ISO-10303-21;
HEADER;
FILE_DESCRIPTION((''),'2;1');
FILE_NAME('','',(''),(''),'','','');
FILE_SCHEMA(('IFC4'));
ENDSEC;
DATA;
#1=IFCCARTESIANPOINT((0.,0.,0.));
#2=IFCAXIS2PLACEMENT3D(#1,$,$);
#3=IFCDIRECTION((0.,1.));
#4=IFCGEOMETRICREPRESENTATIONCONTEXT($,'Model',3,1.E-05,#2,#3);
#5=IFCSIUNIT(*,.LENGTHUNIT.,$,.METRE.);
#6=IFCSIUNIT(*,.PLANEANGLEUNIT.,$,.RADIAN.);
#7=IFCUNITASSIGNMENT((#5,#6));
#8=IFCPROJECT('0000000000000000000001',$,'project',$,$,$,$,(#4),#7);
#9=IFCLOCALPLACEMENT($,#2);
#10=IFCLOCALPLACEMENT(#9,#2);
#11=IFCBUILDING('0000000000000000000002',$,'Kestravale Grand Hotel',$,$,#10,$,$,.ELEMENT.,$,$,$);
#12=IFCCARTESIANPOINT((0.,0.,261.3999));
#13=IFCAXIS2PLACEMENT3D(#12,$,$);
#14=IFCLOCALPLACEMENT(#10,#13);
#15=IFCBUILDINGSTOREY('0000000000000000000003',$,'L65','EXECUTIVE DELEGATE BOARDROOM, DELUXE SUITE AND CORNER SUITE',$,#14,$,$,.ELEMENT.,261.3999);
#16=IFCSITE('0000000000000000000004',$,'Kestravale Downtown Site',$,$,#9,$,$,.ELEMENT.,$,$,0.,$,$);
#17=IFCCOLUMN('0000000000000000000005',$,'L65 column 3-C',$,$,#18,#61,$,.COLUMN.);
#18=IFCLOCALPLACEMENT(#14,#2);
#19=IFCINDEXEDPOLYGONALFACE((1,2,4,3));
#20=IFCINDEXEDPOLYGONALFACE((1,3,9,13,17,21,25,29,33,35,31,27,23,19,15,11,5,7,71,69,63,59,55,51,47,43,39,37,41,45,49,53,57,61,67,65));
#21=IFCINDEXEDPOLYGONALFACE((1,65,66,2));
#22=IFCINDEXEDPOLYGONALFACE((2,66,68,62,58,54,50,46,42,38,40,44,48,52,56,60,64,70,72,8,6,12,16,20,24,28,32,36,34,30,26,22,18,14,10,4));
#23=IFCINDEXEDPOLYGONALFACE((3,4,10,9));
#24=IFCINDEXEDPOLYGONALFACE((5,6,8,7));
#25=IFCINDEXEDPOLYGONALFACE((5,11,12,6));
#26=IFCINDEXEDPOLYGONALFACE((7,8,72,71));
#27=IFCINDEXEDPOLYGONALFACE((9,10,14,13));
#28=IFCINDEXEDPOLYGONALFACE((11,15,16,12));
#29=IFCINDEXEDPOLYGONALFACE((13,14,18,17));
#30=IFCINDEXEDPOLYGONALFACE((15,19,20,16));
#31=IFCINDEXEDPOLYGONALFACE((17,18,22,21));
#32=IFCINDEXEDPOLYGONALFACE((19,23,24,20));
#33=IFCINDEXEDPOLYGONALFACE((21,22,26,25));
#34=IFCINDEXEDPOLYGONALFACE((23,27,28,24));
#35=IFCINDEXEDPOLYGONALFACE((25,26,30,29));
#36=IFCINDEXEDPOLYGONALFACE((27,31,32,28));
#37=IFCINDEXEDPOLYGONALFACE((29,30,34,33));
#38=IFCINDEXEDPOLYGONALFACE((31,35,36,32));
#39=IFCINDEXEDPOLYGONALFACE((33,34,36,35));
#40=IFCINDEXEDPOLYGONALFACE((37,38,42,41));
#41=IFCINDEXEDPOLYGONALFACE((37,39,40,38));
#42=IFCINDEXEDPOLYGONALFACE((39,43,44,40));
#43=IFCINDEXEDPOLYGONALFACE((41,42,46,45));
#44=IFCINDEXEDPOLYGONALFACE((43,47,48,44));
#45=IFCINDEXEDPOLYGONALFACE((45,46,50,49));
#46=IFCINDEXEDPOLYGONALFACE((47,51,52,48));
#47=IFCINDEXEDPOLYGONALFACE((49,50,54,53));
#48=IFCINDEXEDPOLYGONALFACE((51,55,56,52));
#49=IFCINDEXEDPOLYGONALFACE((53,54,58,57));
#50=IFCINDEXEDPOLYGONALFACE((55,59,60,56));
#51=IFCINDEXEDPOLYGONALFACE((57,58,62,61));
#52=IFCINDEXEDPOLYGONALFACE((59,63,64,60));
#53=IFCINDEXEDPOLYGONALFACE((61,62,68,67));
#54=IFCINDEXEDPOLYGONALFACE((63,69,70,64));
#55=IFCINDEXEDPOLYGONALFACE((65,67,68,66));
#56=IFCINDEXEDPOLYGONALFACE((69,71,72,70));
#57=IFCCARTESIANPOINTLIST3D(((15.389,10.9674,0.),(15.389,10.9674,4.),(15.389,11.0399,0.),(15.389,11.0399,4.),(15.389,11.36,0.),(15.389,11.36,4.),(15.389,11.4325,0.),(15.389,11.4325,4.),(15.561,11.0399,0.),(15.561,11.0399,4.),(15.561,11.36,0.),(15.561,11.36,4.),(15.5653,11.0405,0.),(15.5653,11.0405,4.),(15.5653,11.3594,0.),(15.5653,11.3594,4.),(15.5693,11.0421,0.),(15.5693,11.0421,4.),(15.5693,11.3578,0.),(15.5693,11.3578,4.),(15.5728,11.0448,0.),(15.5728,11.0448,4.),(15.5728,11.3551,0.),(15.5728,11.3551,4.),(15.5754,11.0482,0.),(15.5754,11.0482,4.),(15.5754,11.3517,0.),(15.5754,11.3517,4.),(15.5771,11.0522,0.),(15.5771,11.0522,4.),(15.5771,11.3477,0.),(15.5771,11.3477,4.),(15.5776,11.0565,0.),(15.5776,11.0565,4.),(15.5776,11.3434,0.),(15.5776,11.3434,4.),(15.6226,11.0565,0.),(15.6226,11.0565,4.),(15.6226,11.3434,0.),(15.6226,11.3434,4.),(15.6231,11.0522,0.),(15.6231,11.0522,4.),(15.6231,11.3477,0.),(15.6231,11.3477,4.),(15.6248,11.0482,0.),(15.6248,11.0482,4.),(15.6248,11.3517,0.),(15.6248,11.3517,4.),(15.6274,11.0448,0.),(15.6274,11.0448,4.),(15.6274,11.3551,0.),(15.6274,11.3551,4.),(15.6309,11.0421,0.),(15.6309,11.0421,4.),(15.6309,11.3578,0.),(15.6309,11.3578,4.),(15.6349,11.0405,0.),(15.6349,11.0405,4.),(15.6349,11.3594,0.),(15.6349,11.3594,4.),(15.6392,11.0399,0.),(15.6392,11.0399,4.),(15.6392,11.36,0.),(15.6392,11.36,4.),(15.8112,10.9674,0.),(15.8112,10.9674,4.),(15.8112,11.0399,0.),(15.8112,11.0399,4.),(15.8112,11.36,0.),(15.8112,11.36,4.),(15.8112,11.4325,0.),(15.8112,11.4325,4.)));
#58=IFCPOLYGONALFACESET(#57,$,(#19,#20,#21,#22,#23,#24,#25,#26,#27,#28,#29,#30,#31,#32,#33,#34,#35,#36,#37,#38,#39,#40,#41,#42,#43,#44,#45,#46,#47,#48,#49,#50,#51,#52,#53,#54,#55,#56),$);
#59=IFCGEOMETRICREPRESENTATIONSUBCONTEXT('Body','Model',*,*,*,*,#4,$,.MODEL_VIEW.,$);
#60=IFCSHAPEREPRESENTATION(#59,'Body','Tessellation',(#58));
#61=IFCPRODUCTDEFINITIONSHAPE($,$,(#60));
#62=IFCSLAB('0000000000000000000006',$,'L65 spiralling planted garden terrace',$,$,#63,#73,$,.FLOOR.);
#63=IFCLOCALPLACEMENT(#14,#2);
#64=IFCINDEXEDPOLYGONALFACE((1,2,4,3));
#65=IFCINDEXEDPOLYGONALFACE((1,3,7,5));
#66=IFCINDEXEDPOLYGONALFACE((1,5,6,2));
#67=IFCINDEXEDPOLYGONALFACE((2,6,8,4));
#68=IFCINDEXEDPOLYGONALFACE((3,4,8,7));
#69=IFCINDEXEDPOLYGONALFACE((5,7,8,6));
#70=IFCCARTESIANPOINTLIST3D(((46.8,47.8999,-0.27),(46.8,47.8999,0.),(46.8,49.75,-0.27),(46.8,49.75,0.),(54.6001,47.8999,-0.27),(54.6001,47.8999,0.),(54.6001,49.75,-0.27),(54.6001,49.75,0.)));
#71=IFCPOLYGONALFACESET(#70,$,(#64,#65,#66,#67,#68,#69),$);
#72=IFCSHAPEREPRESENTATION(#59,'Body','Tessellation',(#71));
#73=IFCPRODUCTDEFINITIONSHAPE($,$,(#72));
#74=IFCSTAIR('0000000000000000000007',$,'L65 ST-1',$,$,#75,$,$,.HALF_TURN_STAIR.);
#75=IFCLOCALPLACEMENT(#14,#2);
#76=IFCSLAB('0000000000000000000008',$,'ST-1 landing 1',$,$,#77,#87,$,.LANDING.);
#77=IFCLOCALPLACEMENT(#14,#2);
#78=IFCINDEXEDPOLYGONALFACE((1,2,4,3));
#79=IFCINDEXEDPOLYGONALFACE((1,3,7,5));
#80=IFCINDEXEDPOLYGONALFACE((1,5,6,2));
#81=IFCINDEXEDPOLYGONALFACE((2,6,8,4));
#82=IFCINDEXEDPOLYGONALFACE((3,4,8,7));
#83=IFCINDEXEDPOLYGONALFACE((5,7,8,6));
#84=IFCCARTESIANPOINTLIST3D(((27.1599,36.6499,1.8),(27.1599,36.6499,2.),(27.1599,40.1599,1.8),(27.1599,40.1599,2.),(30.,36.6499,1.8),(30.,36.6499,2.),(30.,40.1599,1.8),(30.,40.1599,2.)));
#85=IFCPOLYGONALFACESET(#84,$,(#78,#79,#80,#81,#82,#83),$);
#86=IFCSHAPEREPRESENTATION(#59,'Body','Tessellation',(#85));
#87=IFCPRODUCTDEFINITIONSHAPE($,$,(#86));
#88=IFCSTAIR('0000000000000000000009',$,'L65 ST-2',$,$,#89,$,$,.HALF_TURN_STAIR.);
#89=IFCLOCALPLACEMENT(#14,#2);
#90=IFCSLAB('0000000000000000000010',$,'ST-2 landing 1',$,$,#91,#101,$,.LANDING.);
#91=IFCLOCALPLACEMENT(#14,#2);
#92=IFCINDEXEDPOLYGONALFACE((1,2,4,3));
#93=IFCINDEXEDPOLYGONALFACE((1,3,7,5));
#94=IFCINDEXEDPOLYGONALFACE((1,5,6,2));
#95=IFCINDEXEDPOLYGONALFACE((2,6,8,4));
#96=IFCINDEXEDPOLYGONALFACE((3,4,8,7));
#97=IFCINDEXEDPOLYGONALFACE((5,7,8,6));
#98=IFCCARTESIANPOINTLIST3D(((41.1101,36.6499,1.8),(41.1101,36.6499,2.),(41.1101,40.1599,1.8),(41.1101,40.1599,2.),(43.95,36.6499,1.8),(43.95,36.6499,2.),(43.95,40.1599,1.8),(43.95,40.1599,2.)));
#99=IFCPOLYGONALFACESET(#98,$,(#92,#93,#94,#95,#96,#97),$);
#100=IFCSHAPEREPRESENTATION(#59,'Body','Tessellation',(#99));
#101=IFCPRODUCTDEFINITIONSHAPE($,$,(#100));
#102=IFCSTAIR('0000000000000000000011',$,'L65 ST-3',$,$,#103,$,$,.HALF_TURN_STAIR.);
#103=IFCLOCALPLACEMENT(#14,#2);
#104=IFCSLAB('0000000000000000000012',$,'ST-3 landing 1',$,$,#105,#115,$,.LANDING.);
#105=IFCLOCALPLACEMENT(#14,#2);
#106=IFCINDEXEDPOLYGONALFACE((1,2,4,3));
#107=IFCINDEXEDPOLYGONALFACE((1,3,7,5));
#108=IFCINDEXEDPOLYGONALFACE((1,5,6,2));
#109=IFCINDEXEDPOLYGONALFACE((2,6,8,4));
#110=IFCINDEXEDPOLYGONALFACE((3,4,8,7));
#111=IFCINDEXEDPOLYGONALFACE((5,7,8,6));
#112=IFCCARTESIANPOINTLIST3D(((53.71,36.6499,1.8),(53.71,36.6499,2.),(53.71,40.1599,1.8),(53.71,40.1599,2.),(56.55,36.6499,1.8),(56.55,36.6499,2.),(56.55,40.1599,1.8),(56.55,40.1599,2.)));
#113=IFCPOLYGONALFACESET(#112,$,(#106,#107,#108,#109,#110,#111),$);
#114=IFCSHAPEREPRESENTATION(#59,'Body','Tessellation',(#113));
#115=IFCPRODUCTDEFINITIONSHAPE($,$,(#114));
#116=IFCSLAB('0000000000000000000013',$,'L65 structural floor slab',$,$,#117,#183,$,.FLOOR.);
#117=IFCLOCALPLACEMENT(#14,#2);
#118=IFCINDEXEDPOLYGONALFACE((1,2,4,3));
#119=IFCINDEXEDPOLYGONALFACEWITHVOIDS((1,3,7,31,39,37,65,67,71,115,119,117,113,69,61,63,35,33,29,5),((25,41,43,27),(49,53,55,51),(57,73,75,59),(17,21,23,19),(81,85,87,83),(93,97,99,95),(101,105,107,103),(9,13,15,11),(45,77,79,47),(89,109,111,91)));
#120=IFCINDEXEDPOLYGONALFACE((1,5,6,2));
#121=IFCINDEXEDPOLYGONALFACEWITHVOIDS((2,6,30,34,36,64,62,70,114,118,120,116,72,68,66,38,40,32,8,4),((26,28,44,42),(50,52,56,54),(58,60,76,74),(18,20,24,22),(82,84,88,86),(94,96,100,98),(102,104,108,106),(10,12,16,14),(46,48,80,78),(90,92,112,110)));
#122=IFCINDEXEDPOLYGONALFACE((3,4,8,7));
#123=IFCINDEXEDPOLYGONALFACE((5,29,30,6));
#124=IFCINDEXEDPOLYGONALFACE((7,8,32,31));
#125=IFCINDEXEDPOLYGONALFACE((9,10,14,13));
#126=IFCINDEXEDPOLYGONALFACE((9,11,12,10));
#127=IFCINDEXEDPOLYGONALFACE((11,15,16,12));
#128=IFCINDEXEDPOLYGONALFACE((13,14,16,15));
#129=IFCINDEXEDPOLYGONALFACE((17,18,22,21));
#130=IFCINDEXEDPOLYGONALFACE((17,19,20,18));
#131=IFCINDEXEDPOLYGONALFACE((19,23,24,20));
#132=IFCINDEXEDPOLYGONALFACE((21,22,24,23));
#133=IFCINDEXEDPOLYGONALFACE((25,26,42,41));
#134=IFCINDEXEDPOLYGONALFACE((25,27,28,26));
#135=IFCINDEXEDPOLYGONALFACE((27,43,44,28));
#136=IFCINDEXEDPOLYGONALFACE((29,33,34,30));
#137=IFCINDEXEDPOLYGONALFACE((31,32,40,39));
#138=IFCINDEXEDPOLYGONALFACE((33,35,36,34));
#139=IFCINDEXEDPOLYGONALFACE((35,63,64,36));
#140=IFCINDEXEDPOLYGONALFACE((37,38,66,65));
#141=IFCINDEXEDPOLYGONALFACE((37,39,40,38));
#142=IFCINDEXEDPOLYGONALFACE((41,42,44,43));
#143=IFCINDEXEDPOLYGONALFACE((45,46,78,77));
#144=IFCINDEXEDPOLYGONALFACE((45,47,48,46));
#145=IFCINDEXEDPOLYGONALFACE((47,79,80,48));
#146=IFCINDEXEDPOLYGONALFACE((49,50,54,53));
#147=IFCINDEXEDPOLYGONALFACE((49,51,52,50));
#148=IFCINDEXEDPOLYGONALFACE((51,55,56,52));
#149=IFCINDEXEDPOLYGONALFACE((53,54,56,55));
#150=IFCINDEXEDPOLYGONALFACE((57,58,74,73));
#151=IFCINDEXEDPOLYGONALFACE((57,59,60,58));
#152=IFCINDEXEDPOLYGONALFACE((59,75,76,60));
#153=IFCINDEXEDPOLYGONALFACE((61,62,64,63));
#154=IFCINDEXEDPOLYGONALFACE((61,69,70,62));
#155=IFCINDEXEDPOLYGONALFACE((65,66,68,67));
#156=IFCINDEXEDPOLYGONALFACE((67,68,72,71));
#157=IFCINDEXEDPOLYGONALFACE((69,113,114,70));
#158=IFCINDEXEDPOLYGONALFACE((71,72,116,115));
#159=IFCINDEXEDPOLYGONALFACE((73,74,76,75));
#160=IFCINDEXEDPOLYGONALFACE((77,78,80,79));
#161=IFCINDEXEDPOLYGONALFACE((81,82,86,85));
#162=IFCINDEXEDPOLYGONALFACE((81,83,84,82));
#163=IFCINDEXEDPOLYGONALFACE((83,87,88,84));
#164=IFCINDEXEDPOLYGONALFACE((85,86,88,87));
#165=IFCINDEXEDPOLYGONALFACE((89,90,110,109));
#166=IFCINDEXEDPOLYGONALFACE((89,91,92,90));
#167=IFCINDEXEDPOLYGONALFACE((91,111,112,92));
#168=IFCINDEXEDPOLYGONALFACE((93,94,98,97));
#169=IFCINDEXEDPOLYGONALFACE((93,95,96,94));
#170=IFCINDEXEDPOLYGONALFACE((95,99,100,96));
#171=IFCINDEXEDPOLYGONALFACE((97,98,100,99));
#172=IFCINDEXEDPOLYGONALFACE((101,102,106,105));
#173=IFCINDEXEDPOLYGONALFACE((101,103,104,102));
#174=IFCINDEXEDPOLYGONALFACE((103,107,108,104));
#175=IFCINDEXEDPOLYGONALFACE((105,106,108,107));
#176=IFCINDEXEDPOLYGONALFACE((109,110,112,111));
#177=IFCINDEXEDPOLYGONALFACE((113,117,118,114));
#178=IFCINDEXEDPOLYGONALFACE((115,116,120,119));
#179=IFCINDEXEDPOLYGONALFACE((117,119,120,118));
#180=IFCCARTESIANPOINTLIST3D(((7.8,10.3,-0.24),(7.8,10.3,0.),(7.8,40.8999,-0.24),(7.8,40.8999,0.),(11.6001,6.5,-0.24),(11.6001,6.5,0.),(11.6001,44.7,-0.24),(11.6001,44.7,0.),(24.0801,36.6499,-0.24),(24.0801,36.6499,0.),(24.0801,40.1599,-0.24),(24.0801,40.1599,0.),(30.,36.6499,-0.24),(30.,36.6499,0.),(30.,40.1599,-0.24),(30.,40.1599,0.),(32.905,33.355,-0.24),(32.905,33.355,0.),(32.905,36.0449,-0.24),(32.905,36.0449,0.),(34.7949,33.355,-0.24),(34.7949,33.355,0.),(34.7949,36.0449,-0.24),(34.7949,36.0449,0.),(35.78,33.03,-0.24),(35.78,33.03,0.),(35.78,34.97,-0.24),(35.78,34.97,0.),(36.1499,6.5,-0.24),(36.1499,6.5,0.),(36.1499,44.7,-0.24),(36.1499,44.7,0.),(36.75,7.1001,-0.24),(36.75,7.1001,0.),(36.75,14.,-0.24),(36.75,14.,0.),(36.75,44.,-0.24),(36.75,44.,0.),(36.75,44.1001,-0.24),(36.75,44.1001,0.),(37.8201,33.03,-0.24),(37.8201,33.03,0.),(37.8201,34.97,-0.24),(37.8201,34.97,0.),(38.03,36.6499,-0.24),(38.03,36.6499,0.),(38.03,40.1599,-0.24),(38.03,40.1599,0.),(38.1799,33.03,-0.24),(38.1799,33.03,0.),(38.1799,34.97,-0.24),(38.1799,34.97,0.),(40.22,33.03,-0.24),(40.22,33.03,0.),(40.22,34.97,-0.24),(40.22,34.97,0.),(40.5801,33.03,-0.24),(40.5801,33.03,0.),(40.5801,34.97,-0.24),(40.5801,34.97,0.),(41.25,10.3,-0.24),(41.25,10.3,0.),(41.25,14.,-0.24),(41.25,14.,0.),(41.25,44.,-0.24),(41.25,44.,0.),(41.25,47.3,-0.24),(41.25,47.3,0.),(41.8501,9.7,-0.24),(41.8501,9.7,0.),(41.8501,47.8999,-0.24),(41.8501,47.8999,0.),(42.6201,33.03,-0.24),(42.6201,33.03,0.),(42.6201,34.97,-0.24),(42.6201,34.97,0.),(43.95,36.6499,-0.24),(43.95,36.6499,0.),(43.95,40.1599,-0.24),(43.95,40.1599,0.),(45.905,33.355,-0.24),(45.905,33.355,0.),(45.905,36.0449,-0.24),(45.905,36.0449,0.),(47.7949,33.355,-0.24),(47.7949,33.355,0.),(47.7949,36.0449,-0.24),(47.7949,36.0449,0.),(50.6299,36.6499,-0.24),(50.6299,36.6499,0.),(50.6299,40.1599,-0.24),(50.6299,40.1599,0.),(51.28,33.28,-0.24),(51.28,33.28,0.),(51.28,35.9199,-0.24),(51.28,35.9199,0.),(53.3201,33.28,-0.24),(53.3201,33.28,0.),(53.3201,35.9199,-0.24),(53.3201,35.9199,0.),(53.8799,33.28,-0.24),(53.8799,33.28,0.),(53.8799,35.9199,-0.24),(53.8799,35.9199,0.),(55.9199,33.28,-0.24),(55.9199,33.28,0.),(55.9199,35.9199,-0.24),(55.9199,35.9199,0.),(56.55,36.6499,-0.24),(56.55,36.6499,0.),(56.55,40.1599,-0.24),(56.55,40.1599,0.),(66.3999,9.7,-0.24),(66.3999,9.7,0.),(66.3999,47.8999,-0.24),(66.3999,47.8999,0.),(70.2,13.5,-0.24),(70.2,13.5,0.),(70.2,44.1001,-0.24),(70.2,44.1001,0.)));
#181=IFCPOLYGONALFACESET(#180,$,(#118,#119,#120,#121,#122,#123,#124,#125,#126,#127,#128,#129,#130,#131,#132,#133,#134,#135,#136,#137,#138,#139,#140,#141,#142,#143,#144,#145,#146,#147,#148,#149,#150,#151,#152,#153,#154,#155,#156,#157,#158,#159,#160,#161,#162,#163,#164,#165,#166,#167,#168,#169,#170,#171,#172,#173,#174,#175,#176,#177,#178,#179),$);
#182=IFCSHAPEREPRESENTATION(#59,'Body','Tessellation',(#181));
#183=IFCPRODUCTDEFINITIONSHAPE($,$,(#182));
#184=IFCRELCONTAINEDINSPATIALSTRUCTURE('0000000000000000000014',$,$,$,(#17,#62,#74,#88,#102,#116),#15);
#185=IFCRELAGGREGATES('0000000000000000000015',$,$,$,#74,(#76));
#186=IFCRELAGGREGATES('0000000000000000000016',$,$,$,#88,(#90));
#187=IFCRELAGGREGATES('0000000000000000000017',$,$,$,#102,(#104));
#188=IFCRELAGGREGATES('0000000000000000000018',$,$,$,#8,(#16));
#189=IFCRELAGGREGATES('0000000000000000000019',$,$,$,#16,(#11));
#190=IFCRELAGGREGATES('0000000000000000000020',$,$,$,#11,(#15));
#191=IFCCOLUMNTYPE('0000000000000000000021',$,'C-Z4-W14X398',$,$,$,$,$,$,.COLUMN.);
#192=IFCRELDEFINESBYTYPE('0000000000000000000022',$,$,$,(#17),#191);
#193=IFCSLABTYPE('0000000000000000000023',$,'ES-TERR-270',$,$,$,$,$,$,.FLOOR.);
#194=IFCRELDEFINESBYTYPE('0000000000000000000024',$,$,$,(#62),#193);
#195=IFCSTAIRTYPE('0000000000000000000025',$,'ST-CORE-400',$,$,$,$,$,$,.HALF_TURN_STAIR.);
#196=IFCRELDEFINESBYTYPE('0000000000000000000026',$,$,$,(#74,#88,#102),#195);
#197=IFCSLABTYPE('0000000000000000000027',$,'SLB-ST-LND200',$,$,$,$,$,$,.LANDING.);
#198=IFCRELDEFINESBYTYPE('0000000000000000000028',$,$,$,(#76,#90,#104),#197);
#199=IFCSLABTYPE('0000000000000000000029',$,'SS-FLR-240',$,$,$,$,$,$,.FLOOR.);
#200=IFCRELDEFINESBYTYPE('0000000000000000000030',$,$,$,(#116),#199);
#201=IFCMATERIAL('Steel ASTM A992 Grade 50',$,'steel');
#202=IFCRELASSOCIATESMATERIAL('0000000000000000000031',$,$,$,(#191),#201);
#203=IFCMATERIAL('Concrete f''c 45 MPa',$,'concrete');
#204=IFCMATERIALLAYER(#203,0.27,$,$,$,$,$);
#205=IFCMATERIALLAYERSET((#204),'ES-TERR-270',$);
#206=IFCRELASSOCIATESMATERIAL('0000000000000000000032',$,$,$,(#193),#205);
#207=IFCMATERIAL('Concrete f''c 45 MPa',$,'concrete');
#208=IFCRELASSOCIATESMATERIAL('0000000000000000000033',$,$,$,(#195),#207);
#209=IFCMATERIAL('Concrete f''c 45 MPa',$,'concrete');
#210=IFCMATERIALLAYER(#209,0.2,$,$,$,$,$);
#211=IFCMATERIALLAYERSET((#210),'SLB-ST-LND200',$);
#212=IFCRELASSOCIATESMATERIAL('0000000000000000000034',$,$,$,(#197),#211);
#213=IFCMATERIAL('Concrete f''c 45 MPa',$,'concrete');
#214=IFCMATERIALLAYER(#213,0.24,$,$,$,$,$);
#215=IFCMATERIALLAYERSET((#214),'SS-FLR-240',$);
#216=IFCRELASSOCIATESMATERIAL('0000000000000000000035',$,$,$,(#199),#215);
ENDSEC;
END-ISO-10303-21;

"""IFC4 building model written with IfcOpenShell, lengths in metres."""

from ifc_helpers import new_model, si_unit, direction, frame, origin, origin_2d, place, context, subcontext, project, spatial, polyline, i_section, outline, extrude, material, layer, layer_set, material_profile, profile_set, type_object, element, aggregate, save


model = new_model("IFC4")

# Units and contexts
model_context = context("Model", 3, precision=1e-05, world=origin(), true_north=direction((0.0, 1.0)))
body_context = subcontext(model_context, "Body", "Model", "MODEL_VIEW")
ifc_project = project(units=[si_unit("LENGTHUNIT", "METRE"), si_unit("PLANEANGLEUNIT", "RADIAN")], contexts=[model_context])

# Site, building, storey
site_placement = place(None, origin())
site = spatial("IfcSite", under=ifc_project, at=site_placement, Name="Kestravale Downtown Site", CompositionType="ELEMENT", RefElevation=0.0)
building_placement = place(site_placement, origin())
building = spatial("IfcBuilding", under=site, at=building_placement, Name="Kestravale Grand Hotel", CompositionType="ELEMENT")
storey_placement = place(building_placement, frame((0.0, 0.0, 261.3999)))
storey = spatial("IfcBuildingStorey", under=building, at=storey_placement, Name="L65", Description="EXECUTIVE DELEGATE BOARDROOM, DELUXE SUITE AND CORNER SUITE", CompositionType="ELEMENT", Elevation=261.3999)

# Column
ifc_material_1 = material(Name="Steel ASTM A992 Grade 50", Category="steel")
ifc_material_profile = material_profile(ifc_material_1, i_section(OverallWidth=0.4221, OverallDepth=0.4651, WebThickness=0.0449, FlangeThickness=0.0725, FilletRadius=0.0166, at=origin_2d()))
ifc_profile_set = profile_set([ifc_material_profile], Name="Steel ASTM A992 Grade 50")
column_type = type_object("IfcColumnType", Name="C-Z4-W14X398", PredefinedType="COLUMN", material=ifc_profile_set)
column_placement = place(storey_placement, frame((15.6001, 11.2, 0.0), z_axis=(0.0, 0.0, 1.0), x_axis=(1.0, 0.0, 0.0)))
element("IfcColumn", 1, at=column_placement, inside=storey, type_object=column_type, Name="L65 column 3-C", PredefinedType="COLUMN", context=body_context, shape_type="SweptSolid", body=[
    extrude(i_section(OverallWidth=0.4221, OverallDepth=0.4651, WebThickness=0.0449, FlangeThickness=0.0725, FilletRadius=0.0166, at=origin_2d()), origin(), (0.0, 0.0, 1.0), 4.0),
])

# Slab
ifc_material_2 = material(Name="Concrete f'c 45 MPa", Category="concrete")
ifc_layer_1 = layer(ifc_material_2, 0.27)
ifc_layer_set_1 = layer_set([ifc_layer_1], Name="ES-TERR-270")
slab_type_1 = type_object("IfcSlabType", Name="ES-TERR-270", PredefinedType="FLOOR", material=ifc_layer_set_1)
slab_1_placement = place(storey_placement, frame((0.0, 0.0, -0.27)))
element("IfcSlab", 2, at=slab_1_placement, inside=storey, type_object=slab_type_1, Name="L65 spiralling planted garden terrace", PredefinedType="FLOOR", context=body_context, shape_type="SweptSolid", body=[
    extrude(outline(polyline([(46.8, 47.8999), (54.6001, 47.8999), (54.6001, 49.75), (46.8, 49.75), (46.8, 47.8999)])), origin(), (0.0, 0.0, 1.0), 0.27),
])

# Stairs, slabs
ifc_material_3 = material(Name="Concrete f'c 45 MPa", Category="concrete")
stair_type = type_object("IfcStairType", Name="ST-CORE-400", PredefinedType="HALF_TURN_STAIR", material=ifc_material_3)
stair_1_placement = place(storey_placement, origin())
stair_1 = element("IfcStair", 3, at=stair_1_placement, inside=storey, type_object=stair_type, Name="L65 ST-1", PredefinedType="HALF_TURN_STAIR")
ifc_material_4 = material(Name="Concrete f'c 45 MPa", Category="concrete")
ifc_layer_2 = layer(ifc_material_4, 0.2)
ifc_layer_set_2 = layer_set([ifc_layer_2], Name="SLB-ST-LND200")
slab_type_2 = type_object("IfcSlabType", Name="SLB-ST-LND200", PredefinedType="LANDING", material=ifc_layer_set_2)
slab_2_placement = place(storey_placement, frame((0.0, 0.0, 1.8)))
slab_2 = element("IfcSlab", 4, at=slab_2_placement, type_object=slab_type_2, Name="ST-1 landing 1", PredefinedType="LANDING", context=body_context, shape_type="SweptSolid", body=[
    extrude(outline(polyline([(27.1599, 36.6499), (30.0, 36.6499), (30.0, 40.1599), (27.1599, 40.1599), (27.1599, 36.6499)])), origin(), (0.0, 0.0, 1.0), 0.2),
])
aggregate(stair_1, [slab_2])
stair_2_placement = place(storey_placement, origin())
stair_2 = element("IfcStair", 5, at=stair_2_placement, inside=storey, type_object=stair_type, Name="L65 ST-2", PredefinedType="HALF_TURN_STAIR")
slab_3_placement = place(storey_placement, frame((0.0, 0.0, 1.8)))
slab_3 = element("IfcSlab", 6, at=slab_3_placement, type_object=slab_type_2, Name="ST-2 landing 1", PredefinedType="LANDING", context=body_context, shape_type="SweptSolid", body=[
    extrude(outline(polyline([(41.1101, 36.6499), (43.95, 36.6499), (43.95, 40.1599), (41.1101, 40.1599), (41.1101, 36.6499)])), origin(), (0.0, 0.0, 1.0), 0.2),
])
aggregate(stair_2, [slab_3])
stair_3_placement = place(storey_placement, origin())
stair_3 = element("IfcStair", 7, at=stair_3_placement, inside=storey, type_object=stair_type, Name="L65 ST-3", PredefinedType="HALF_TURN_STAIR")
slab_4_placement = place(storey_placement, frame((0.0, 0.0, 1.8)))
slab_4 = element("IfcSlab", 8, at=slab_4_placement, type_object=slab_type_2, Name="ST-3 landing 1", PredefinedType="LANDING", context=body_context, shape_type="SweptSolid", body=[
    extrude(outline(polyline([(53.71, 36.6499), (56.55, 36.6499), (56.55, 40.1599), (53.71, 40.1599), (53.71, 36.6499)])), origin(), (0.0, 0.0, 1.0), 0.2),
])
aggregate(stair_3, [slab_4])

# Slab
ifc_material_5 = material(Name="Concrete f'c 45 MPa", Category="concrete")
ifc_layer_3 = layer(ifc_material_5, 0.24)
ifc_layer_set_3 = layer_set([ifc_layer_3], Name="SS-FLR-240")
slab_type_3 = type_object("IfcSlabType", Name="SS-FLR-240", PredefinedType="FLOOR", material=ifc_layer_set_3)
slab_5_placement = place(storey_placement, frame((0.0, 0.0, -0.24)))
element("IfcSlab", 9, at=slab_5_placement, inside=storey, type_object=slab_type_3, Name="L65 structural floor slab", PredefinedType="FLOOR", context=body_context, shape_type="SweptSolid", body=[
    extrude(outline(polyline([(11.6001, 6.5), (36.1499, 6.5), (36.75, 7.1001), (36.75, 14.0), (41.25, 14.0), (41.25, 10.3), (41.8501, 9.7), (66.3999, 9.7), (70.2, 13.5), (70.2, 44.1001), (66.3999, 47.8999), (41.8501, 47.8999), (41.25, 47.3), (41.25, 44.0), (36.75, 44.0), (36.75, 44.1001), (36.1499, 44.7), (11.6001, 44.7), (7.8, 40.8999), (7.8, 10.3), (11.6001, 6.5)]), holes=[polyline([(24.0801, 36.6499), (30.0, 36.6499), (30.0, 40.1599), (24.0801, 40.1599), (24.0801, 36.6499)]), polyline([(38.03, 36.6499), (43.95, 36.6499), (43.95, 40.1599), (38.03, 40.1599), (38.03, 36.6499)]), polyline([(50.6299, 36.6499), (56.55, 36.6499), (56.55, 40.1599), (50.6299, 40.1599), (50.6299, 36.6499)]), polyline([(35.78, 33.03), (37.8201, 33.03), (37.8201, 34.97), (35.78, 34.97), (35.78, 33.03)]), polyline([(38.1799, 33.03), (40.22, 33.03), (40.22, 34.97), (38.1799, 34.97), (38.1799, 33.03)]), polyline([(40.5801, 33.03), (42.6201, 33.03), (42.6201, 34.97), (40.5801, 34.97), (40.5801, 33.03)]), polyline([(32.905, 33.355), (34.7949, 33.355), (34.7949, 36.0449), (32.905, 36.0449), (32.905, 33.355)]), polyline([(45.905, 33.355), (47.7949, 33.355), (47.7949, 36.0449), (45.905, 36.0449), (45.905, 33.355)]), polyline([(51.28, 33.28), (53.3201, 33.28), (53.3201, 35.9199), (51.28, 35.9199), (51.28, 33.28)]), polyline([(53.8799, 33.28), (55.9199, 33.28), (55.9199, 35.9199), (53.8799, 35.9199), (53.8799, 33.28)])]), origin(), (0.0, 0.0, 1.0), 0.24),
])

save(model, "model.ifc")
